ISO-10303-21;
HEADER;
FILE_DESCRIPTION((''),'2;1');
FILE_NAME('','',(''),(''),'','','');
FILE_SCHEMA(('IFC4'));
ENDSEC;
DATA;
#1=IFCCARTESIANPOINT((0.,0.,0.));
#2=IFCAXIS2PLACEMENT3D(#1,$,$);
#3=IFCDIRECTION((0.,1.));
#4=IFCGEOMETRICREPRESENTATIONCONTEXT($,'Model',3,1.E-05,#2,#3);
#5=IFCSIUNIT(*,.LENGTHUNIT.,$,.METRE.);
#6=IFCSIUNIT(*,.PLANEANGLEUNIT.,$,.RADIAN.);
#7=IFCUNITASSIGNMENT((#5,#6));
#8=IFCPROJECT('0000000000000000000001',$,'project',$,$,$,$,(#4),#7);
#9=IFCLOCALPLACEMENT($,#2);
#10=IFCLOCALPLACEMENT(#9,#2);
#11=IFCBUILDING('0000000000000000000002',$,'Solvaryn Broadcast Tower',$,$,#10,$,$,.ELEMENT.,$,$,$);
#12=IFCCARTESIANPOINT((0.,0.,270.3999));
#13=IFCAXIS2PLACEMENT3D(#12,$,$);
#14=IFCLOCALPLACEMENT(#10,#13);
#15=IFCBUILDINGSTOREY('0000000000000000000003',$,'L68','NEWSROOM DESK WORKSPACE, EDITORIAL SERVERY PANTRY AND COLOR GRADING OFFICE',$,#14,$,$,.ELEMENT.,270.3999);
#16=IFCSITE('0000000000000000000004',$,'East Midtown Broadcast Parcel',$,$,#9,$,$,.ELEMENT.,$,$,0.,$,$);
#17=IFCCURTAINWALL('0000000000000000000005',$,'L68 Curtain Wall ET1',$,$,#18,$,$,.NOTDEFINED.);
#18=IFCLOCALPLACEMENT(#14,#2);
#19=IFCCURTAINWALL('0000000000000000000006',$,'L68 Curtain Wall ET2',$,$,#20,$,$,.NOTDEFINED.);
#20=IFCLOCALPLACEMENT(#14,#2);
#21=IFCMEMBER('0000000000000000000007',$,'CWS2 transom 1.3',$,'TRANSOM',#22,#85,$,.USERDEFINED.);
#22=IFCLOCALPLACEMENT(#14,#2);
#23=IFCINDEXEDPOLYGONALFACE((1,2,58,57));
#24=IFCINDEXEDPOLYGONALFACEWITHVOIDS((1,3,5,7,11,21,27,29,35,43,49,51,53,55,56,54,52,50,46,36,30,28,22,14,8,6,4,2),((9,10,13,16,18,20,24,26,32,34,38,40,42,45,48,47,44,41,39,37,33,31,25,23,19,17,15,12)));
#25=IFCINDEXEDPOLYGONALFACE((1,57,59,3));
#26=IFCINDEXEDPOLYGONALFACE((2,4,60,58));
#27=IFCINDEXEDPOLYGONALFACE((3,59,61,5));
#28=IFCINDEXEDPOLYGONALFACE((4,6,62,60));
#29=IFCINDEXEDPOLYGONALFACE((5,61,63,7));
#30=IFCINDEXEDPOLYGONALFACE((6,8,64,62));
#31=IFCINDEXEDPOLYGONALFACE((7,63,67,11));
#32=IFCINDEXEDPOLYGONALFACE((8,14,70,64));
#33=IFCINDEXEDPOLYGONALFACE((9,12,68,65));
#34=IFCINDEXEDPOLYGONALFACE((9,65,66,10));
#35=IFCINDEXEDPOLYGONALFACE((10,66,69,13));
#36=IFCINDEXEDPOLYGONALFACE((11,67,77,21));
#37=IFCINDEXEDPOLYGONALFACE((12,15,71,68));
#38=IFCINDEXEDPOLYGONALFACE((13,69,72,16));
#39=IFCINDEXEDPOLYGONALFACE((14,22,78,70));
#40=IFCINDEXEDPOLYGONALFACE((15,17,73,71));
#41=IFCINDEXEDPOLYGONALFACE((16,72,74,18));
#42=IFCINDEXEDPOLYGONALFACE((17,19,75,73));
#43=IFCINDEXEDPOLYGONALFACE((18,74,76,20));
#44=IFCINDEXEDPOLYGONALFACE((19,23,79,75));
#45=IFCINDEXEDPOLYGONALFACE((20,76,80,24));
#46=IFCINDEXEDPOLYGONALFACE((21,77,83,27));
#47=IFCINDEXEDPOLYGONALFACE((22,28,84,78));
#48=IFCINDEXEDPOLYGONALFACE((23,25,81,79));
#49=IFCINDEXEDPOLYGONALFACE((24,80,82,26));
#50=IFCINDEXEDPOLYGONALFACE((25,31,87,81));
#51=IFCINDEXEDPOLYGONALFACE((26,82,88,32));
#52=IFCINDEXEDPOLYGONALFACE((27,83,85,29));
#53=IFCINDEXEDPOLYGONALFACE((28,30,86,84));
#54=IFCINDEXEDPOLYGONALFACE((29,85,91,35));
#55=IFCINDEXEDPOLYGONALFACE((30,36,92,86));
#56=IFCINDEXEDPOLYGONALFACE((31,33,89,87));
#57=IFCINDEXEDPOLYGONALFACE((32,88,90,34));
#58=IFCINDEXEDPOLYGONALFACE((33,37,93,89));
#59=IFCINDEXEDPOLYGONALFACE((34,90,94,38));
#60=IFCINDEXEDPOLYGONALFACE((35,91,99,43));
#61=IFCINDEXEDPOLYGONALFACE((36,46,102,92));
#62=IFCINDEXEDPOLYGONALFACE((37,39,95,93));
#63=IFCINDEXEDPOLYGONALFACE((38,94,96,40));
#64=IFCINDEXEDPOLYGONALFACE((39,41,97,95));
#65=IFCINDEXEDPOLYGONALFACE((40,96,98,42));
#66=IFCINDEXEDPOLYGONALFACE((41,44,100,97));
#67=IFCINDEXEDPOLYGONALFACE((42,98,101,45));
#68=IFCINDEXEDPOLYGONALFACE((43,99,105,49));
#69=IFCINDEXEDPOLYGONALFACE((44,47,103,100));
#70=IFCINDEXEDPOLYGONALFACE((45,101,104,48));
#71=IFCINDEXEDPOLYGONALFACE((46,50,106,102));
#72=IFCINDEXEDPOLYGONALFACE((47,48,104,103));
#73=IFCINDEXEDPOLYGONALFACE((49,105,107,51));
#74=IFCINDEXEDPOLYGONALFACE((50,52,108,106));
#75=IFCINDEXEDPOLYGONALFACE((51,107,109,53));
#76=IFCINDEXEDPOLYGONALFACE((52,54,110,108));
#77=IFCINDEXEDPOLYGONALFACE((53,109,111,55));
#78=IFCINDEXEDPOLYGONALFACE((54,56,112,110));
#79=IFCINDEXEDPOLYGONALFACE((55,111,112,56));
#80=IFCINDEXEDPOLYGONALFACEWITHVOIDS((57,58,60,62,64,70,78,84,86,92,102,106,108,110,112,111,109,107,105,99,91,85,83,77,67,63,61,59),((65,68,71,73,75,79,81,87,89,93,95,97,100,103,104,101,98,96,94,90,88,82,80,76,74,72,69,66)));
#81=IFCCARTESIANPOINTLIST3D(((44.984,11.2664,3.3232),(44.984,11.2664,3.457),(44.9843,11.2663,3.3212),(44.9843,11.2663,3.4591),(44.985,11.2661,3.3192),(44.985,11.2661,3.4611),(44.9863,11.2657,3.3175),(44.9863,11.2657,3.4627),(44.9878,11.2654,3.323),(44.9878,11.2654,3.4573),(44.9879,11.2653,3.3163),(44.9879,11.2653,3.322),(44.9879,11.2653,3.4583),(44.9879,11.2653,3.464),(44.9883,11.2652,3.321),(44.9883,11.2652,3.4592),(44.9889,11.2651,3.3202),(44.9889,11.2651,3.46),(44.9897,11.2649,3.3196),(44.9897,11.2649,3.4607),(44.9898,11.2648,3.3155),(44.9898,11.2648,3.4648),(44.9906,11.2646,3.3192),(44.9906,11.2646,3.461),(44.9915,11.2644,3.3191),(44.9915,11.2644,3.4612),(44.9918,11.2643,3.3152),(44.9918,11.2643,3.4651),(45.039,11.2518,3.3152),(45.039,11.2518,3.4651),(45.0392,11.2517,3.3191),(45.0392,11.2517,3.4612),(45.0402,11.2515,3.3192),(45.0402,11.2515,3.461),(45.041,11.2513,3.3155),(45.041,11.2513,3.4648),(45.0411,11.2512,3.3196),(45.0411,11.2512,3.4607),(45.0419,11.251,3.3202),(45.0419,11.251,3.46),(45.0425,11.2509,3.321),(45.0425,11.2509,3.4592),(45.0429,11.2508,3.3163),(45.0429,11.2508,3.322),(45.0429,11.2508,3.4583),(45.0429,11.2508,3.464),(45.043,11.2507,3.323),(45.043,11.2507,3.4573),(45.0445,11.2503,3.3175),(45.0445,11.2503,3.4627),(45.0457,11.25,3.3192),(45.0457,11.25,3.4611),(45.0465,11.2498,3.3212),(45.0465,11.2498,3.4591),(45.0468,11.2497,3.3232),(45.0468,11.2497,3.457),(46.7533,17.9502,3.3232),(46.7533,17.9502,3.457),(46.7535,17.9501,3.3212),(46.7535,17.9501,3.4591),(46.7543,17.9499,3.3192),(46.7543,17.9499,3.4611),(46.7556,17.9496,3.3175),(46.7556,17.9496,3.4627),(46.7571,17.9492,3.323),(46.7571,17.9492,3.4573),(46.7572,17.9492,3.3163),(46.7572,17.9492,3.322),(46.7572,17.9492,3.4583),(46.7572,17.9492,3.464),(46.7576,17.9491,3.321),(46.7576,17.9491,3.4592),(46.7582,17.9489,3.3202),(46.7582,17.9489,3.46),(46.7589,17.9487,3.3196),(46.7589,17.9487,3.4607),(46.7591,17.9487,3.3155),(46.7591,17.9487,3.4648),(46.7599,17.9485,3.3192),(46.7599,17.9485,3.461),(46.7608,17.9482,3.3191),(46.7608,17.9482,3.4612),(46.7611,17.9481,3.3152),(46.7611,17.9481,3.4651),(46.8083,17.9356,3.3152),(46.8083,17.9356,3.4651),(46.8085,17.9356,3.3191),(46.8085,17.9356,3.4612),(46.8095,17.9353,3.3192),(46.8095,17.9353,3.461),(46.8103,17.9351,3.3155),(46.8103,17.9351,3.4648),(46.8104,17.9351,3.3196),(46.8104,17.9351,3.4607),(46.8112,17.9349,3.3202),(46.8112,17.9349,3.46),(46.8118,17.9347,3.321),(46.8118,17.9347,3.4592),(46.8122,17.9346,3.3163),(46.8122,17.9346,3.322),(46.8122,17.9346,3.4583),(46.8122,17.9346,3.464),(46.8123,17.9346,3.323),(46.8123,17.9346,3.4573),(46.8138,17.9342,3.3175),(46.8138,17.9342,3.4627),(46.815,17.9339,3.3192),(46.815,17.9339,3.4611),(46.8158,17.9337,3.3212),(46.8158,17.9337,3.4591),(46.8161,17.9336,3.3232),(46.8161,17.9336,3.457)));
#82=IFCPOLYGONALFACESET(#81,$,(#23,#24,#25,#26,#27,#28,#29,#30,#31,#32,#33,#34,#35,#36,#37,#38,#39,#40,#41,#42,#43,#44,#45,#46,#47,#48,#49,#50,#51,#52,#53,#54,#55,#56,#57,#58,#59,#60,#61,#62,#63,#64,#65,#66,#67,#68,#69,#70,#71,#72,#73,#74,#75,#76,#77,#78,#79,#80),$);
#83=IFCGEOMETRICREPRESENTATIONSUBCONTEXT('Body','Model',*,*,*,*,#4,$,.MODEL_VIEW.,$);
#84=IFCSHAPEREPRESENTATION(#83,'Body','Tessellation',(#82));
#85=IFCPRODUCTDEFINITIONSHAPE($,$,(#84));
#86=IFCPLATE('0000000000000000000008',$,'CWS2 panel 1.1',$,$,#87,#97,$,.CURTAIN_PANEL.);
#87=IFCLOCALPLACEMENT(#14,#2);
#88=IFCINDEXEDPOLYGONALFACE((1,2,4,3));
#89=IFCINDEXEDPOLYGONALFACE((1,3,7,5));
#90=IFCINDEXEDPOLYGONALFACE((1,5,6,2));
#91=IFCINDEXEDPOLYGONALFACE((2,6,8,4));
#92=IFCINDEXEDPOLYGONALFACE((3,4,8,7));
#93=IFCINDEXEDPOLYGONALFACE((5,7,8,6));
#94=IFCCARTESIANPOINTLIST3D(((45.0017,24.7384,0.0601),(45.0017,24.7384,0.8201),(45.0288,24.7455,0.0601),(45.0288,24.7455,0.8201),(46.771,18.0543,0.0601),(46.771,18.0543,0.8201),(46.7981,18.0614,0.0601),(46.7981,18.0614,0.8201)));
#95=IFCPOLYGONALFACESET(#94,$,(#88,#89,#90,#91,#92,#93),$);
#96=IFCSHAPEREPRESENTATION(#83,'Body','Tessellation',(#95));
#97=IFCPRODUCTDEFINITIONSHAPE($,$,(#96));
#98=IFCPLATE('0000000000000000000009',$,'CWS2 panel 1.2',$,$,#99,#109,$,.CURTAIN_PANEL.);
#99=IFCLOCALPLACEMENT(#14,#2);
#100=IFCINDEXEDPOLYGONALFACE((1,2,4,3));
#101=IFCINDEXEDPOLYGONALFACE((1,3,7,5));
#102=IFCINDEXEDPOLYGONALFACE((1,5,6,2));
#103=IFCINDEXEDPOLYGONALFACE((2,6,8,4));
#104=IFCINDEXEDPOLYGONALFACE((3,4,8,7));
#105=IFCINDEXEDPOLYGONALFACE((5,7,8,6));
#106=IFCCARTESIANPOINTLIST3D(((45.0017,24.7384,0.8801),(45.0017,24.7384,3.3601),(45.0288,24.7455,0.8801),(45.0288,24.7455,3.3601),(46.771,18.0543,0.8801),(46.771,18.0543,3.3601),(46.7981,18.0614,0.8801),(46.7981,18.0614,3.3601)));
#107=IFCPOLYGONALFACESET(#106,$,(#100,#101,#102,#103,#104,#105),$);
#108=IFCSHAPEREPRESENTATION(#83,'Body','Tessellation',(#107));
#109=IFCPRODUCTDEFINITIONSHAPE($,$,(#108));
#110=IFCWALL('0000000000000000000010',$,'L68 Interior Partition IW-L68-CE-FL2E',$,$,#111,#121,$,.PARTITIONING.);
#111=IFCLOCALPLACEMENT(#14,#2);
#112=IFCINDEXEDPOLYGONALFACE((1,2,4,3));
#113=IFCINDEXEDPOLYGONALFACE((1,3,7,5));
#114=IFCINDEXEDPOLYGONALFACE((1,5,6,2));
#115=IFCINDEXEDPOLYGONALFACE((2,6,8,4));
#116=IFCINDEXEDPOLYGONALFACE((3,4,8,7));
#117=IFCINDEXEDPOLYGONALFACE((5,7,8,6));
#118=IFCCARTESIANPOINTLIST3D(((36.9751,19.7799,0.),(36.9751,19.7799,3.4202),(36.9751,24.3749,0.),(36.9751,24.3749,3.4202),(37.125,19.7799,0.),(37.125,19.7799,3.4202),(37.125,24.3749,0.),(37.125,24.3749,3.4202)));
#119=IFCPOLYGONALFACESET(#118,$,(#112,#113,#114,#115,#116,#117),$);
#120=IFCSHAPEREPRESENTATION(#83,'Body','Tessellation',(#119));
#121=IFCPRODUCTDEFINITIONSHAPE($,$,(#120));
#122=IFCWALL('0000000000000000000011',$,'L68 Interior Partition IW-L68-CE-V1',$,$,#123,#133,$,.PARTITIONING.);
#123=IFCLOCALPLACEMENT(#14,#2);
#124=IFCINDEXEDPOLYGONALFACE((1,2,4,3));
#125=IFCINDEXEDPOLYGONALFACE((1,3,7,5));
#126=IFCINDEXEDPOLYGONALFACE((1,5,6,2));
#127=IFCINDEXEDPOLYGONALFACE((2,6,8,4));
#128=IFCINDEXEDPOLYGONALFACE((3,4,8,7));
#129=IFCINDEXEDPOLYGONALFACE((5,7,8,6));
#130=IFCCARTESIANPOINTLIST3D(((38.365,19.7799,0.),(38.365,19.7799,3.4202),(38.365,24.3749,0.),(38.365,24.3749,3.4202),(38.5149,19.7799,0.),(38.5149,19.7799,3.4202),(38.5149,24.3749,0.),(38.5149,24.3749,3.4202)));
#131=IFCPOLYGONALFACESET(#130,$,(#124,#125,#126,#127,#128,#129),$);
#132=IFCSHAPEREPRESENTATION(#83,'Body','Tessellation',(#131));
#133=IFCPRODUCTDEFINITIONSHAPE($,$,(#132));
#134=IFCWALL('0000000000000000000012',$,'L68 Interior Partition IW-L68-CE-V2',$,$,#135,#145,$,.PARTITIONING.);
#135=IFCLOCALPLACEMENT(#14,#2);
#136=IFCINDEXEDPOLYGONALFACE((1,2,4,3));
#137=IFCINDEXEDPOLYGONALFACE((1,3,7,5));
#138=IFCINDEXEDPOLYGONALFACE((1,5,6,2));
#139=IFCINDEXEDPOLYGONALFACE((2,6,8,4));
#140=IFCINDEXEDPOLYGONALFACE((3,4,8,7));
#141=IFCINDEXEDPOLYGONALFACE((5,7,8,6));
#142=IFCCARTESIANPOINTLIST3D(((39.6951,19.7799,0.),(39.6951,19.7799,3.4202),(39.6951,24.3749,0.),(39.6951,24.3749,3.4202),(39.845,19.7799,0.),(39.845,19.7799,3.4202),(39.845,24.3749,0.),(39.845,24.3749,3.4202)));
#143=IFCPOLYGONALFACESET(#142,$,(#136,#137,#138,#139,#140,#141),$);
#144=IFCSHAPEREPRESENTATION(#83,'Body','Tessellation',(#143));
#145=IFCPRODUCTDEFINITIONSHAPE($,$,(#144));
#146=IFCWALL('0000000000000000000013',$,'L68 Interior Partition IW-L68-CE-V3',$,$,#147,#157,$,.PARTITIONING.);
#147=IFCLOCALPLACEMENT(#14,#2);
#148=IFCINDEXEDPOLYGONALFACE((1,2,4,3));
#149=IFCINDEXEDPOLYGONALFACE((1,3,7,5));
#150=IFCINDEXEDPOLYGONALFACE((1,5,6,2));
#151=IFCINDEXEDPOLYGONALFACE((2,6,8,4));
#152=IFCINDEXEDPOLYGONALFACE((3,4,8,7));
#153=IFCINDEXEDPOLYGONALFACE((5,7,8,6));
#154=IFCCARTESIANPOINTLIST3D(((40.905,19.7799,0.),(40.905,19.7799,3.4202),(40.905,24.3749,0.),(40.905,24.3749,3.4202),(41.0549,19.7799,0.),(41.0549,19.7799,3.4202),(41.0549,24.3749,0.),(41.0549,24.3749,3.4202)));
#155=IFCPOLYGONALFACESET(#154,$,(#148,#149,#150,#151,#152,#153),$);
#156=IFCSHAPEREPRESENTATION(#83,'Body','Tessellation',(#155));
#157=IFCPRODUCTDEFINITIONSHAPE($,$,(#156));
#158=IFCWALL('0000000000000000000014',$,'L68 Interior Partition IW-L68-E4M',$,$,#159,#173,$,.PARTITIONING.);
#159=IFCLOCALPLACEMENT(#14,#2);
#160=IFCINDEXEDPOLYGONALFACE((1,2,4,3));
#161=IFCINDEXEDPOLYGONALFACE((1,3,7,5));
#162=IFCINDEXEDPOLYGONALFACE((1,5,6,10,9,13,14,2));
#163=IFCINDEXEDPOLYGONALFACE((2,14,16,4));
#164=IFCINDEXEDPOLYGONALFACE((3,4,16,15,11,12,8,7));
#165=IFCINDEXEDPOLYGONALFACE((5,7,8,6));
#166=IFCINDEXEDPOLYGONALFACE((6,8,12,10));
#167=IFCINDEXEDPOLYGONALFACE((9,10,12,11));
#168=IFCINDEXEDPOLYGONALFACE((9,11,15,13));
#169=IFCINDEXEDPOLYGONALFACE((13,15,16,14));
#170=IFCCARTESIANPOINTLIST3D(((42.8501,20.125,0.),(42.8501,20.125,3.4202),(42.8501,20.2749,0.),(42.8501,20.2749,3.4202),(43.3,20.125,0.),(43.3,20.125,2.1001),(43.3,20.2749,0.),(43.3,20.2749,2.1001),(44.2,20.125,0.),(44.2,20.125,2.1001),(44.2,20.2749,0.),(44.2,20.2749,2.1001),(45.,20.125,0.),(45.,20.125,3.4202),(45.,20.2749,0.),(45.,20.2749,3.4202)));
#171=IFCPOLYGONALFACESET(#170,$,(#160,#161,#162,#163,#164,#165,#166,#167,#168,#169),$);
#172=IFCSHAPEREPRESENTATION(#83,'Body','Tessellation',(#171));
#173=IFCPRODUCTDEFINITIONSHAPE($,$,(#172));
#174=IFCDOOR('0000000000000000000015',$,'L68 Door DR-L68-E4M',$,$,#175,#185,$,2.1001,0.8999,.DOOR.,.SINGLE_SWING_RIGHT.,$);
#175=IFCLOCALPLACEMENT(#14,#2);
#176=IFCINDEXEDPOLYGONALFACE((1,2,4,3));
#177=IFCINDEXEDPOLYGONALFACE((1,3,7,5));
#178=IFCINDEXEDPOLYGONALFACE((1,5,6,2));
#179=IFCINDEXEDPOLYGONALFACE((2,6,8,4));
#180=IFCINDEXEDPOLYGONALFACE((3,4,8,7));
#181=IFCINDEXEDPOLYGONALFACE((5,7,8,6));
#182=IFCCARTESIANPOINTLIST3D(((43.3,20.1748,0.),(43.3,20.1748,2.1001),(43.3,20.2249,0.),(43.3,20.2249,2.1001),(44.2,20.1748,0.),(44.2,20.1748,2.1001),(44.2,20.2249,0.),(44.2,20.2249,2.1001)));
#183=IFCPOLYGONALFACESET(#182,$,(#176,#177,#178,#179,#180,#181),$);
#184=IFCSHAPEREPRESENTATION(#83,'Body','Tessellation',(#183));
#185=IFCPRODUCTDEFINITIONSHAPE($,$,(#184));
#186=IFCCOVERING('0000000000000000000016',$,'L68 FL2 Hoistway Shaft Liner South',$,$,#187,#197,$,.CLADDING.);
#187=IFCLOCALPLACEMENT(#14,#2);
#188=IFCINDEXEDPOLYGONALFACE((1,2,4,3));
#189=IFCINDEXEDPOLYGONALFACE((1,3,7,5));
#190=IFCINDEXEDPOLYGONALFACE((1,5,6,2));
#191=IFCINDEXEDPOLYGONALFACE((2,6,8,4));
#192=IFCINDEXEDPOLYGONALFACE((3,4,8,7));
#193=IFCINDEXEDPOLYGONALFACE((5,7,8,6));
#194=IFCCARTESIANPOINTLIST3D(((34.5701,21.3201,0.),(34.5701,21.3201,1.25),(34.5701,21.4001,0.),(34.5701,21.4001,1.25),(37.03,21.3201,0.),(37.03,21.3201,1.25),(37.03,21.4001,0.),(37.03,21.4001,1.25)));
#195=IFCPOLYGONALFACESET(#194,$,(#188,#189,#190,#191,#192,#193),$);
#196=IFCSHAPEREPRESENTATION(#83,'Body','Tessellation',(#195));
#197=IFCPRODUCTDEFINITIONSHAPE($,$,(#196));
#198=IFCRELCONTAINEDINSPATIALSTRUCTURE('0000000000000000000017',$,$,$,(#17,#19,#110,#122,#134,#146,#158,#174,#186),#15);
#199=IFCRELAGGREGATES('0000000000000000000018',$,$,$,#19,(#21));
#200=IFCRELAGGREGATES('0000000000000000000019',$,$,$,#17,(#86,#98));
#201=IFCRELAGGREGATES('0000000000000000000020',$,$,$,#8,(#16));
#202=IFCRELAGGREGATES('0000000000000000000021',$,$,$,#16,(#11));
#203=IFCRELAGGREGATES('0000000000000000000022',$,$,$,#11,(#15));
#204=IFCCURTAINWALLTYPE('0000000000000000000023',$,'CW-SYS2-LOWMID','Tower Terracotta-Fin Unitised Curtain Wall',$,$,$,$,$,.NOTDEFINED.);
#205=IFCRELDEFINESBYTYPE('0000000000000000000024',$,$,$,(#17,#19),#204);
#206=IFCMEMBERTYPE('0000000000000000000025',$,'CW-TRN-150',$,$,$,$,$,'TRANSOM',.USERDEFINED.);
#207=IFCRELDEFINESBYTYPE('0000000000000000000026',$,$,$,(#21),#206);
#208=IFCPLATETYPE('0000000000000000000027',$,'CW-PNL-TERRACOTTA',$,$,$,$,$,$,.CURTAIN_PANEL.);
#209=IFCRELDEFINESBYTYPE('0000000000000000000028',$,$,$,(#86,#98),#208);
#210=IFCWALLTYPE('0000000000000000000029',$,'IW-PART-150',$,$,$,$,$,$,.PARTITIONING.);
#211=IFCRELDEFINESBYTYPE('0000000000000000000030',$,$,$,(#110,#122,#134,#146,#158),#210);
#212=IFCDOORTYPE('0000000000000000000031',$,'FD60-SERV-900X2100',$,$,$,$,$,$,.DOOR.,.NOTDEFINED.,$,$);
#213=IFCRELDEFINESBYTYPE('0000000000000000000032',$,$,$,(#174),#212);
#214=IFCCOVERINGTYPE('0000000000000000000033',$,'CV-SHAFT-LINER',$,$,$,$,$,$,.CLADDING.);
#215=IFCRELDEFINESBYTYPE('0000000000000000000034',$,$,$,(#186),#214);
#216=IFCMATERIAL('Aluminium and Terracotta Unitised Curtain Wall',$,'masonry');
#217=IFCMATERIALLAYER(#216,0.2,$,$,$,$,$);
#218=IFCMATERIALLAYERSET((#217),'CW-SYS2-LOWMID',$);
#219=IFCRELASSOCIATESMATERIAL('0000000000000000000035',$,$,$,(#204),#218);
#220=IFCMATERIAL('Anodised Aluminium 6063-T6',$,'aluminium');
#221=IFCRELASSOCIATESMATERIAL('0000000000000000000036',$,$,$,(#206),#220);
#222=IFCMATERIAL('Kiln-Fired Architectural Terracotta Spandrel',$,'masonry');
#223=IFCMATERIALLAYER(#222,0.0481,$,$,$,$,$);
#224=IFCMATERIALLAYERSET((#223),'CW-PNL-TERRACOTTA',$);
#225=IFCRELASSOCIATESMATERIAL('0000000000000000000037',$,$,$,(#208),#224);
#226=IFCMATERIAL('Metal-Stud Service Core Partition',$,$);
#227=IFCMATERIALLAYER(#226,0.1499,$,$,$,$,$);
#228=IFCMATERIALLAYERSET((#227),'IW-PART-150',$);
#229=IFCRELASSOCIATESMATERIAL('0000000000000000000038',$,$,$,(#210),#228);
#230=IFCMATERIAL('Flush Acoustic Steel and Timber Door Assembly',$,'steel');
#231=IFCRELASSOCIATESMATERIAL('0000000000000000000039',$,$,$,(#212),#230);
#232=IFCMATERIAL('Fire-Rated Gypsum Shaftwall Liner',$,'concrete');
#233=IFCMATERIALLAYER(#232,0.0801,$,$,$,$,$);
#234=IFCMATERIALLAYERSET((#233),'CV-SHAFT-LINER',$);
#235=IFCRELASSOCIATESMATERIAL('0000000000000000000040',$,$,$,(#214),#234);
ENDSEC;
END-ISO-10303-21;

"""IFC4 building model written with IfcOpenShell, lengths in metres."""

from ifc_helpers import new_model, si_unit, direction, frame, frame_2d, origin, origin_2d, place, context, subcontext, project, spatial, rectangle, hollow_rectangle, extrude, material, layer, layer_set, material_profile, profile_set, type_object, element, fill, aggregate, save


model = new_model("IFC4")

# Units and contexts
model_context = context("Model", 3, precision=1e-05, world=origin(), true_north=direction((0.0, 1.0)))
body_context = subcontext(model_context, "Body", "Model", "MODEL_VIEW")
ifc_project = project(units=[si_unit("LENGTHUNIT", "METRE"), si_unit("PLANEANGLEUNIT", "RADIAN")], contexts=[model_context])

# Site, building, storey
site_placement = place(None, origin())
site = spatial("IfcSite", under=ifc_project, at=site_placement, Name="East Midtown Broadcast Parcel", CompositionType="ELEMENT", RefElevation=0.0)
building_placement = place(site_placement, origin())
building = spatial("IfcBuilding", under=site, at=building_placement, Name="Solvaryn Broadcast Tower", CompositionType="ELEMENT")
storey_placement = place(building_placement, frame((0.0, 0.0, 270.3999)))
storey = spatial("IfcBuildingStorey", under=building, at=storey_placement, Name="L68", Description="NEWSROOM DESK WORKSPACE, EDITORIAL SERVERY PANTRY AND COLOR GRADING OFFICE", CompositionType="ELEMENT", Elevation=270.3999)

# Curtain wall
ifc_material_1 = material(Name="Aluminium and Terracotta Unitised Curtain Wall", Category="masonry")
ifc_layer_1 = layer(ifc_material_1, 0.2)
ifc_layer_set_1 = layer_set([ifc_layer_1], Name="CW-SYS2-LOWMID")
curtain_wall_type = type_object("IfcCurtainWallType", Name="CW-SYS2-LOWMID", Description="Tower Terracotta-Fin Unitised Curtain Wall", PredefinedType="NOTDEFINED", material=ifc_layer_set_1)
curtain_wall_1_placement = place(storey_placement, origin())
curtain_wall_1 = element("IfcCurtainWall", 1, at=curtain_wall_1_placement, inside=storey, type_object=curtain_wall_type, Name="L68 Curtain Wall ET1", PredefinedType="NOTDEFINED")

# Curtain wall, member
curtain_wall_2_placement = place(storey_placement, origin())
curtain_wall_2 = element("IfcCurtainWall", 2, at=curtain_wall_2_placement, inside=storey, type_object=curtain_wall_type, Name="L68 Curtain Wall ET2", PredefinedType="NOTDEFINED")
ifc_material_2 = material(Name="Anodised Aluminium 6063-T6", Category="aluminium")
ifc_material_profile_1 = material_profile(ifc_material_2, hollow_rectangle(XDim=0.0649, YDim=0.1499, WallThickness=0.0039, InnerFilletRadius=0.0039, OuterFilletRadius=0.0081, at=origin_2d()))
ifc_profile_set_1 = profile_set([ifc_material_profile_1], Name="Anodised Aluminium 6063-T6")
member_type_1 = type_object("IfcMemberType", Name="CW-TRN-150", ElementType="TRANSOM", PredefinedType="USERDEFINED", material=ifc_profile_set_1)
member_1_placement = place(storey_placement, frame((46.7847, 17.9419, 3.3901), z_axis=(-0.255897, -0.966704, 0.0), x_axis=(0.966704, -0.255897, 0.0)))
member_1 = element("IfcMember", 3, at=member_1_placement, type_object=member_type_1, Name="CWS2 transom 1.3", ObjectType="TRANSOM", PredefinedType="USERDEFINED", context=body_context, shape_type="SweptSolid", body=[
    extrude(hollow_rectangle(XDim=0.0649, YDim=0.1499, WallThickness=0.0039, InnerFilletRadius=0.0039, OuterFilletRadius=0.0081, at=origin_2d()), origin(), (0.0, 0.0, 1.0), 6.9141),
])
aggregate(curtain_wall_2, [member_1])

# Plates
ifc_material_3 = material(Name="Kiln-Fired Architectural Terracotta Spandrel", Category="masonry")
ifc_layer_2 = layer(ifc_material_3, 0.0481)
ifc_layer_set_2 = layer_set([ifc_layer_2], Name="CW-PNL-TERRACOTTA")
plate_type = type_object("IfcPlateType", Name="CW-PNL-TERRACOTTA", PredefinedType="CURTAIN_PANEL", material=ifc_layer_set_2)
plate_1_placement = place(storey_placement, frame((45.8999, 21.3999, 0.0601), z_axis=(0.0, 0.0, 1.0), x_axis=(0.255893, -0.966705, 0.0)))
plate_1 = element("IfcPlate", 4, at=plate_1_placement, type_object=plate_type, Name="CWS2 panel 1.1", PredefinedType="CURTAIN_PANEL", context=body_context, shape_type="SweptSolid", body=[
    extrude(rectangle(XDim=6.9143, YDim=0.0281, at=origin_2d()), origin(), (0.0, 0.0, 1.0), 0.76),
])
plate_2_placement = place(storey_placement, frame((45.8999, 21.3999, 0.8801), z_axis=(0.0, 0.0, 1.0), x_axis=(0.255893, -0.966705, 0.0)))
plate_2 = element("IfcPlate", 5, at=plate_2_placement, type_object=plate_type, Name="CWS2 panel 1.2", PredefinedType="CURTAIN_PANEL", context=body_context, shape_type="SweptSolid", body=[
    extrude(rectangle(XDim=6.9143, YDim=0.0281, at=origin_2d()), origin(), (0.0, 0.0, 1.0), 2.48),
])
aggregate(curtain_wall_1, [plate_1, plate_2])

# Walls
ifc_material_4 = material(Name="Metal-Stud Service Core Partition")
ifc_layer_3 = layer(ifc_material_4, 0.1499)
ifc_layer_set_3 = layer_set([ifc_layer_3], Name="IW-PART-150")
wall_type_1 = type_object("IfcWallType", Name="IW-PART-150", PredefinedType="PARTITIONING", material=ifc_layer_set_3)
for number, where, z_axis, x_axis, name in (
    (6, (37.05, 19.78, 0.0), (0.0, 0.0, 1.0), (0.0, 1.0, 0.0), "L68 Interior Partition IW-L68-CE-FL2E"),
    (7, (38.4399, 19.78, 0.0), (0.0, 0.0, 1.0), (0.0, 1.0, 0.0), "L68 Interior Partition IW-L68-CE-V1"),
    (8, (39.77, 19.78, 0.0), (0.0, 0.0, 1.0), (0.0, 1.0, 0.0), "L68 Interior Partition IW-L68-CE-V2"),
    (9, (40.98, 19.78, 0.0), (0.0, 0.0, 1.0), (0.0, 1.0, 0.0), "L68 Interior Partition IW-L68-CE-V3"),
):
    element("IfcWall", number, at=place(storey_placement, frame(where, z_axis=z_axis, x_axis=x_axis)), inside=storey, type_object=wall_type_1, Name=name, PredefinedType="PARTITIONING", context=body_context, shape_type="SweptSolid", body=[
        extrude(rectangle(XDim=4.595, YDim=0.1499, at=frame_2d((2.2974, 0.0))), origin(), (0.0, 0.0, 1.0), 3.4202),
    ])

# Wall, opening, door
wall_1_placement = place(storey_placement, frame((42.8501, 20.2, 0.0), z_axis=(0.0, 0.0, 1.0), x_axis=(1.0, 0.0, 0.0)))
wall_1 = element("IfcWall", 10, at=wall_1_placement, inside=storey, type_object=wall_type_1, Name="L68 Interior Partition IW-L68-E4M", PredefinedType="PARTITIONING", context=body_context, shape_type="SweptSolid", body=[
    extrude(rectangle(XDim=2.1499, YDim=0.1499, at=frame_2d((1.075, 0.0))), origin(), (0.0, 0.0, 1.0), 3.4202),
])
opening_1_placement = place(wall_1_placement, frame((0.45, 0.0, 0.0)))
opening_1 = element("IfcOpeningElement", 11, at=opening_1_placement, cuts=wall_1, PredefinedType="OPENING", context=body_context, shape_type="SweptSolid", body=[
    extrude(rectangle(XDim=0.8999, YDim=2.1001, at=frame_2d((0.45, 1.05))), frame((0.0, 0.085, 0.0), z_axis=(0.0, -1.0, 0.0), x_axis=(1.0, 0.0, 0.0)), (0.0, 0.0, 1.0), 0.1699),
])
ifc_material_5 = material(Name="Flush Acoustic Steel and Timber Door Assembly", Category="steel")
door_type_1 = type_object("IfcDoorType", Name="FD60-SERV-900X2100", OperationType="NOTDEFINED", PredefinedType="DOOR", material=ifc_material_5)
door_1_placement = place(opening_1_placement, origin())
door_1 = element("IfcDoor", 12, at=door_1_placement, inside=storey, type_object=door_type_1, Name="L68 Door DR-L68-E4M", OperationType="SINGLE_SWING_RIGHT", OverallHeight=2.1001, OverallWidth=0.8999, PredefinedType="DOOR", context=body_context, shape_type="SweptSolid", body=[
    extrude(rectangle(XDim=0.8999, YDim=2.1001, at=frame_2d((0.45, 1.05))), frame((0.0, 0.0249, 0.0), z_axis=(0.0, -1.0, 0.0), x_axis=(1.0, 0.0, 0.0)), (0.0, 0.0, 1.0), 0.05),
])
fill(opening_1, door_1)

# Covering
ifc_material_6 = material(Name="Fire-Rated Gypsum Shaftwall Liner", Category="concrete")
ifc_layer_4 = layer(ifc_material_6, 0.0801)
ifc_layer_set_4 = layer_set([ifc_layer_4], Name="CV-SHAFT-LINER")
covering_type_1 = type_object("IfcCoveringType", Name="CV-SHAFT-LINER", PredefinedType="CLADDING", material=ifc_layer_set_4)
covering_1_placement = place(storey_placement, frame((35.8, 21.3601, 0.0), z_axis=(0.0, 0.0, 1.0), x_axis=(1.0, 0.0, 0.0)))
element("IfcCovering", 13, at=covering_1_placement, inside=storey, type_object=covering_type_1, Name="L68 FL2 Hoistway Shaft Liner South", PredefinedType="CLADDING", context=body_context, shape_type="SweptSolid", body=[
    extrude(rectangle(XDim=2.46, YDim=0.0801, at=origin_2d()), origin(), (0.0, 0.0, 1.0), 1.25),
])

save(model, "model.ifc")
